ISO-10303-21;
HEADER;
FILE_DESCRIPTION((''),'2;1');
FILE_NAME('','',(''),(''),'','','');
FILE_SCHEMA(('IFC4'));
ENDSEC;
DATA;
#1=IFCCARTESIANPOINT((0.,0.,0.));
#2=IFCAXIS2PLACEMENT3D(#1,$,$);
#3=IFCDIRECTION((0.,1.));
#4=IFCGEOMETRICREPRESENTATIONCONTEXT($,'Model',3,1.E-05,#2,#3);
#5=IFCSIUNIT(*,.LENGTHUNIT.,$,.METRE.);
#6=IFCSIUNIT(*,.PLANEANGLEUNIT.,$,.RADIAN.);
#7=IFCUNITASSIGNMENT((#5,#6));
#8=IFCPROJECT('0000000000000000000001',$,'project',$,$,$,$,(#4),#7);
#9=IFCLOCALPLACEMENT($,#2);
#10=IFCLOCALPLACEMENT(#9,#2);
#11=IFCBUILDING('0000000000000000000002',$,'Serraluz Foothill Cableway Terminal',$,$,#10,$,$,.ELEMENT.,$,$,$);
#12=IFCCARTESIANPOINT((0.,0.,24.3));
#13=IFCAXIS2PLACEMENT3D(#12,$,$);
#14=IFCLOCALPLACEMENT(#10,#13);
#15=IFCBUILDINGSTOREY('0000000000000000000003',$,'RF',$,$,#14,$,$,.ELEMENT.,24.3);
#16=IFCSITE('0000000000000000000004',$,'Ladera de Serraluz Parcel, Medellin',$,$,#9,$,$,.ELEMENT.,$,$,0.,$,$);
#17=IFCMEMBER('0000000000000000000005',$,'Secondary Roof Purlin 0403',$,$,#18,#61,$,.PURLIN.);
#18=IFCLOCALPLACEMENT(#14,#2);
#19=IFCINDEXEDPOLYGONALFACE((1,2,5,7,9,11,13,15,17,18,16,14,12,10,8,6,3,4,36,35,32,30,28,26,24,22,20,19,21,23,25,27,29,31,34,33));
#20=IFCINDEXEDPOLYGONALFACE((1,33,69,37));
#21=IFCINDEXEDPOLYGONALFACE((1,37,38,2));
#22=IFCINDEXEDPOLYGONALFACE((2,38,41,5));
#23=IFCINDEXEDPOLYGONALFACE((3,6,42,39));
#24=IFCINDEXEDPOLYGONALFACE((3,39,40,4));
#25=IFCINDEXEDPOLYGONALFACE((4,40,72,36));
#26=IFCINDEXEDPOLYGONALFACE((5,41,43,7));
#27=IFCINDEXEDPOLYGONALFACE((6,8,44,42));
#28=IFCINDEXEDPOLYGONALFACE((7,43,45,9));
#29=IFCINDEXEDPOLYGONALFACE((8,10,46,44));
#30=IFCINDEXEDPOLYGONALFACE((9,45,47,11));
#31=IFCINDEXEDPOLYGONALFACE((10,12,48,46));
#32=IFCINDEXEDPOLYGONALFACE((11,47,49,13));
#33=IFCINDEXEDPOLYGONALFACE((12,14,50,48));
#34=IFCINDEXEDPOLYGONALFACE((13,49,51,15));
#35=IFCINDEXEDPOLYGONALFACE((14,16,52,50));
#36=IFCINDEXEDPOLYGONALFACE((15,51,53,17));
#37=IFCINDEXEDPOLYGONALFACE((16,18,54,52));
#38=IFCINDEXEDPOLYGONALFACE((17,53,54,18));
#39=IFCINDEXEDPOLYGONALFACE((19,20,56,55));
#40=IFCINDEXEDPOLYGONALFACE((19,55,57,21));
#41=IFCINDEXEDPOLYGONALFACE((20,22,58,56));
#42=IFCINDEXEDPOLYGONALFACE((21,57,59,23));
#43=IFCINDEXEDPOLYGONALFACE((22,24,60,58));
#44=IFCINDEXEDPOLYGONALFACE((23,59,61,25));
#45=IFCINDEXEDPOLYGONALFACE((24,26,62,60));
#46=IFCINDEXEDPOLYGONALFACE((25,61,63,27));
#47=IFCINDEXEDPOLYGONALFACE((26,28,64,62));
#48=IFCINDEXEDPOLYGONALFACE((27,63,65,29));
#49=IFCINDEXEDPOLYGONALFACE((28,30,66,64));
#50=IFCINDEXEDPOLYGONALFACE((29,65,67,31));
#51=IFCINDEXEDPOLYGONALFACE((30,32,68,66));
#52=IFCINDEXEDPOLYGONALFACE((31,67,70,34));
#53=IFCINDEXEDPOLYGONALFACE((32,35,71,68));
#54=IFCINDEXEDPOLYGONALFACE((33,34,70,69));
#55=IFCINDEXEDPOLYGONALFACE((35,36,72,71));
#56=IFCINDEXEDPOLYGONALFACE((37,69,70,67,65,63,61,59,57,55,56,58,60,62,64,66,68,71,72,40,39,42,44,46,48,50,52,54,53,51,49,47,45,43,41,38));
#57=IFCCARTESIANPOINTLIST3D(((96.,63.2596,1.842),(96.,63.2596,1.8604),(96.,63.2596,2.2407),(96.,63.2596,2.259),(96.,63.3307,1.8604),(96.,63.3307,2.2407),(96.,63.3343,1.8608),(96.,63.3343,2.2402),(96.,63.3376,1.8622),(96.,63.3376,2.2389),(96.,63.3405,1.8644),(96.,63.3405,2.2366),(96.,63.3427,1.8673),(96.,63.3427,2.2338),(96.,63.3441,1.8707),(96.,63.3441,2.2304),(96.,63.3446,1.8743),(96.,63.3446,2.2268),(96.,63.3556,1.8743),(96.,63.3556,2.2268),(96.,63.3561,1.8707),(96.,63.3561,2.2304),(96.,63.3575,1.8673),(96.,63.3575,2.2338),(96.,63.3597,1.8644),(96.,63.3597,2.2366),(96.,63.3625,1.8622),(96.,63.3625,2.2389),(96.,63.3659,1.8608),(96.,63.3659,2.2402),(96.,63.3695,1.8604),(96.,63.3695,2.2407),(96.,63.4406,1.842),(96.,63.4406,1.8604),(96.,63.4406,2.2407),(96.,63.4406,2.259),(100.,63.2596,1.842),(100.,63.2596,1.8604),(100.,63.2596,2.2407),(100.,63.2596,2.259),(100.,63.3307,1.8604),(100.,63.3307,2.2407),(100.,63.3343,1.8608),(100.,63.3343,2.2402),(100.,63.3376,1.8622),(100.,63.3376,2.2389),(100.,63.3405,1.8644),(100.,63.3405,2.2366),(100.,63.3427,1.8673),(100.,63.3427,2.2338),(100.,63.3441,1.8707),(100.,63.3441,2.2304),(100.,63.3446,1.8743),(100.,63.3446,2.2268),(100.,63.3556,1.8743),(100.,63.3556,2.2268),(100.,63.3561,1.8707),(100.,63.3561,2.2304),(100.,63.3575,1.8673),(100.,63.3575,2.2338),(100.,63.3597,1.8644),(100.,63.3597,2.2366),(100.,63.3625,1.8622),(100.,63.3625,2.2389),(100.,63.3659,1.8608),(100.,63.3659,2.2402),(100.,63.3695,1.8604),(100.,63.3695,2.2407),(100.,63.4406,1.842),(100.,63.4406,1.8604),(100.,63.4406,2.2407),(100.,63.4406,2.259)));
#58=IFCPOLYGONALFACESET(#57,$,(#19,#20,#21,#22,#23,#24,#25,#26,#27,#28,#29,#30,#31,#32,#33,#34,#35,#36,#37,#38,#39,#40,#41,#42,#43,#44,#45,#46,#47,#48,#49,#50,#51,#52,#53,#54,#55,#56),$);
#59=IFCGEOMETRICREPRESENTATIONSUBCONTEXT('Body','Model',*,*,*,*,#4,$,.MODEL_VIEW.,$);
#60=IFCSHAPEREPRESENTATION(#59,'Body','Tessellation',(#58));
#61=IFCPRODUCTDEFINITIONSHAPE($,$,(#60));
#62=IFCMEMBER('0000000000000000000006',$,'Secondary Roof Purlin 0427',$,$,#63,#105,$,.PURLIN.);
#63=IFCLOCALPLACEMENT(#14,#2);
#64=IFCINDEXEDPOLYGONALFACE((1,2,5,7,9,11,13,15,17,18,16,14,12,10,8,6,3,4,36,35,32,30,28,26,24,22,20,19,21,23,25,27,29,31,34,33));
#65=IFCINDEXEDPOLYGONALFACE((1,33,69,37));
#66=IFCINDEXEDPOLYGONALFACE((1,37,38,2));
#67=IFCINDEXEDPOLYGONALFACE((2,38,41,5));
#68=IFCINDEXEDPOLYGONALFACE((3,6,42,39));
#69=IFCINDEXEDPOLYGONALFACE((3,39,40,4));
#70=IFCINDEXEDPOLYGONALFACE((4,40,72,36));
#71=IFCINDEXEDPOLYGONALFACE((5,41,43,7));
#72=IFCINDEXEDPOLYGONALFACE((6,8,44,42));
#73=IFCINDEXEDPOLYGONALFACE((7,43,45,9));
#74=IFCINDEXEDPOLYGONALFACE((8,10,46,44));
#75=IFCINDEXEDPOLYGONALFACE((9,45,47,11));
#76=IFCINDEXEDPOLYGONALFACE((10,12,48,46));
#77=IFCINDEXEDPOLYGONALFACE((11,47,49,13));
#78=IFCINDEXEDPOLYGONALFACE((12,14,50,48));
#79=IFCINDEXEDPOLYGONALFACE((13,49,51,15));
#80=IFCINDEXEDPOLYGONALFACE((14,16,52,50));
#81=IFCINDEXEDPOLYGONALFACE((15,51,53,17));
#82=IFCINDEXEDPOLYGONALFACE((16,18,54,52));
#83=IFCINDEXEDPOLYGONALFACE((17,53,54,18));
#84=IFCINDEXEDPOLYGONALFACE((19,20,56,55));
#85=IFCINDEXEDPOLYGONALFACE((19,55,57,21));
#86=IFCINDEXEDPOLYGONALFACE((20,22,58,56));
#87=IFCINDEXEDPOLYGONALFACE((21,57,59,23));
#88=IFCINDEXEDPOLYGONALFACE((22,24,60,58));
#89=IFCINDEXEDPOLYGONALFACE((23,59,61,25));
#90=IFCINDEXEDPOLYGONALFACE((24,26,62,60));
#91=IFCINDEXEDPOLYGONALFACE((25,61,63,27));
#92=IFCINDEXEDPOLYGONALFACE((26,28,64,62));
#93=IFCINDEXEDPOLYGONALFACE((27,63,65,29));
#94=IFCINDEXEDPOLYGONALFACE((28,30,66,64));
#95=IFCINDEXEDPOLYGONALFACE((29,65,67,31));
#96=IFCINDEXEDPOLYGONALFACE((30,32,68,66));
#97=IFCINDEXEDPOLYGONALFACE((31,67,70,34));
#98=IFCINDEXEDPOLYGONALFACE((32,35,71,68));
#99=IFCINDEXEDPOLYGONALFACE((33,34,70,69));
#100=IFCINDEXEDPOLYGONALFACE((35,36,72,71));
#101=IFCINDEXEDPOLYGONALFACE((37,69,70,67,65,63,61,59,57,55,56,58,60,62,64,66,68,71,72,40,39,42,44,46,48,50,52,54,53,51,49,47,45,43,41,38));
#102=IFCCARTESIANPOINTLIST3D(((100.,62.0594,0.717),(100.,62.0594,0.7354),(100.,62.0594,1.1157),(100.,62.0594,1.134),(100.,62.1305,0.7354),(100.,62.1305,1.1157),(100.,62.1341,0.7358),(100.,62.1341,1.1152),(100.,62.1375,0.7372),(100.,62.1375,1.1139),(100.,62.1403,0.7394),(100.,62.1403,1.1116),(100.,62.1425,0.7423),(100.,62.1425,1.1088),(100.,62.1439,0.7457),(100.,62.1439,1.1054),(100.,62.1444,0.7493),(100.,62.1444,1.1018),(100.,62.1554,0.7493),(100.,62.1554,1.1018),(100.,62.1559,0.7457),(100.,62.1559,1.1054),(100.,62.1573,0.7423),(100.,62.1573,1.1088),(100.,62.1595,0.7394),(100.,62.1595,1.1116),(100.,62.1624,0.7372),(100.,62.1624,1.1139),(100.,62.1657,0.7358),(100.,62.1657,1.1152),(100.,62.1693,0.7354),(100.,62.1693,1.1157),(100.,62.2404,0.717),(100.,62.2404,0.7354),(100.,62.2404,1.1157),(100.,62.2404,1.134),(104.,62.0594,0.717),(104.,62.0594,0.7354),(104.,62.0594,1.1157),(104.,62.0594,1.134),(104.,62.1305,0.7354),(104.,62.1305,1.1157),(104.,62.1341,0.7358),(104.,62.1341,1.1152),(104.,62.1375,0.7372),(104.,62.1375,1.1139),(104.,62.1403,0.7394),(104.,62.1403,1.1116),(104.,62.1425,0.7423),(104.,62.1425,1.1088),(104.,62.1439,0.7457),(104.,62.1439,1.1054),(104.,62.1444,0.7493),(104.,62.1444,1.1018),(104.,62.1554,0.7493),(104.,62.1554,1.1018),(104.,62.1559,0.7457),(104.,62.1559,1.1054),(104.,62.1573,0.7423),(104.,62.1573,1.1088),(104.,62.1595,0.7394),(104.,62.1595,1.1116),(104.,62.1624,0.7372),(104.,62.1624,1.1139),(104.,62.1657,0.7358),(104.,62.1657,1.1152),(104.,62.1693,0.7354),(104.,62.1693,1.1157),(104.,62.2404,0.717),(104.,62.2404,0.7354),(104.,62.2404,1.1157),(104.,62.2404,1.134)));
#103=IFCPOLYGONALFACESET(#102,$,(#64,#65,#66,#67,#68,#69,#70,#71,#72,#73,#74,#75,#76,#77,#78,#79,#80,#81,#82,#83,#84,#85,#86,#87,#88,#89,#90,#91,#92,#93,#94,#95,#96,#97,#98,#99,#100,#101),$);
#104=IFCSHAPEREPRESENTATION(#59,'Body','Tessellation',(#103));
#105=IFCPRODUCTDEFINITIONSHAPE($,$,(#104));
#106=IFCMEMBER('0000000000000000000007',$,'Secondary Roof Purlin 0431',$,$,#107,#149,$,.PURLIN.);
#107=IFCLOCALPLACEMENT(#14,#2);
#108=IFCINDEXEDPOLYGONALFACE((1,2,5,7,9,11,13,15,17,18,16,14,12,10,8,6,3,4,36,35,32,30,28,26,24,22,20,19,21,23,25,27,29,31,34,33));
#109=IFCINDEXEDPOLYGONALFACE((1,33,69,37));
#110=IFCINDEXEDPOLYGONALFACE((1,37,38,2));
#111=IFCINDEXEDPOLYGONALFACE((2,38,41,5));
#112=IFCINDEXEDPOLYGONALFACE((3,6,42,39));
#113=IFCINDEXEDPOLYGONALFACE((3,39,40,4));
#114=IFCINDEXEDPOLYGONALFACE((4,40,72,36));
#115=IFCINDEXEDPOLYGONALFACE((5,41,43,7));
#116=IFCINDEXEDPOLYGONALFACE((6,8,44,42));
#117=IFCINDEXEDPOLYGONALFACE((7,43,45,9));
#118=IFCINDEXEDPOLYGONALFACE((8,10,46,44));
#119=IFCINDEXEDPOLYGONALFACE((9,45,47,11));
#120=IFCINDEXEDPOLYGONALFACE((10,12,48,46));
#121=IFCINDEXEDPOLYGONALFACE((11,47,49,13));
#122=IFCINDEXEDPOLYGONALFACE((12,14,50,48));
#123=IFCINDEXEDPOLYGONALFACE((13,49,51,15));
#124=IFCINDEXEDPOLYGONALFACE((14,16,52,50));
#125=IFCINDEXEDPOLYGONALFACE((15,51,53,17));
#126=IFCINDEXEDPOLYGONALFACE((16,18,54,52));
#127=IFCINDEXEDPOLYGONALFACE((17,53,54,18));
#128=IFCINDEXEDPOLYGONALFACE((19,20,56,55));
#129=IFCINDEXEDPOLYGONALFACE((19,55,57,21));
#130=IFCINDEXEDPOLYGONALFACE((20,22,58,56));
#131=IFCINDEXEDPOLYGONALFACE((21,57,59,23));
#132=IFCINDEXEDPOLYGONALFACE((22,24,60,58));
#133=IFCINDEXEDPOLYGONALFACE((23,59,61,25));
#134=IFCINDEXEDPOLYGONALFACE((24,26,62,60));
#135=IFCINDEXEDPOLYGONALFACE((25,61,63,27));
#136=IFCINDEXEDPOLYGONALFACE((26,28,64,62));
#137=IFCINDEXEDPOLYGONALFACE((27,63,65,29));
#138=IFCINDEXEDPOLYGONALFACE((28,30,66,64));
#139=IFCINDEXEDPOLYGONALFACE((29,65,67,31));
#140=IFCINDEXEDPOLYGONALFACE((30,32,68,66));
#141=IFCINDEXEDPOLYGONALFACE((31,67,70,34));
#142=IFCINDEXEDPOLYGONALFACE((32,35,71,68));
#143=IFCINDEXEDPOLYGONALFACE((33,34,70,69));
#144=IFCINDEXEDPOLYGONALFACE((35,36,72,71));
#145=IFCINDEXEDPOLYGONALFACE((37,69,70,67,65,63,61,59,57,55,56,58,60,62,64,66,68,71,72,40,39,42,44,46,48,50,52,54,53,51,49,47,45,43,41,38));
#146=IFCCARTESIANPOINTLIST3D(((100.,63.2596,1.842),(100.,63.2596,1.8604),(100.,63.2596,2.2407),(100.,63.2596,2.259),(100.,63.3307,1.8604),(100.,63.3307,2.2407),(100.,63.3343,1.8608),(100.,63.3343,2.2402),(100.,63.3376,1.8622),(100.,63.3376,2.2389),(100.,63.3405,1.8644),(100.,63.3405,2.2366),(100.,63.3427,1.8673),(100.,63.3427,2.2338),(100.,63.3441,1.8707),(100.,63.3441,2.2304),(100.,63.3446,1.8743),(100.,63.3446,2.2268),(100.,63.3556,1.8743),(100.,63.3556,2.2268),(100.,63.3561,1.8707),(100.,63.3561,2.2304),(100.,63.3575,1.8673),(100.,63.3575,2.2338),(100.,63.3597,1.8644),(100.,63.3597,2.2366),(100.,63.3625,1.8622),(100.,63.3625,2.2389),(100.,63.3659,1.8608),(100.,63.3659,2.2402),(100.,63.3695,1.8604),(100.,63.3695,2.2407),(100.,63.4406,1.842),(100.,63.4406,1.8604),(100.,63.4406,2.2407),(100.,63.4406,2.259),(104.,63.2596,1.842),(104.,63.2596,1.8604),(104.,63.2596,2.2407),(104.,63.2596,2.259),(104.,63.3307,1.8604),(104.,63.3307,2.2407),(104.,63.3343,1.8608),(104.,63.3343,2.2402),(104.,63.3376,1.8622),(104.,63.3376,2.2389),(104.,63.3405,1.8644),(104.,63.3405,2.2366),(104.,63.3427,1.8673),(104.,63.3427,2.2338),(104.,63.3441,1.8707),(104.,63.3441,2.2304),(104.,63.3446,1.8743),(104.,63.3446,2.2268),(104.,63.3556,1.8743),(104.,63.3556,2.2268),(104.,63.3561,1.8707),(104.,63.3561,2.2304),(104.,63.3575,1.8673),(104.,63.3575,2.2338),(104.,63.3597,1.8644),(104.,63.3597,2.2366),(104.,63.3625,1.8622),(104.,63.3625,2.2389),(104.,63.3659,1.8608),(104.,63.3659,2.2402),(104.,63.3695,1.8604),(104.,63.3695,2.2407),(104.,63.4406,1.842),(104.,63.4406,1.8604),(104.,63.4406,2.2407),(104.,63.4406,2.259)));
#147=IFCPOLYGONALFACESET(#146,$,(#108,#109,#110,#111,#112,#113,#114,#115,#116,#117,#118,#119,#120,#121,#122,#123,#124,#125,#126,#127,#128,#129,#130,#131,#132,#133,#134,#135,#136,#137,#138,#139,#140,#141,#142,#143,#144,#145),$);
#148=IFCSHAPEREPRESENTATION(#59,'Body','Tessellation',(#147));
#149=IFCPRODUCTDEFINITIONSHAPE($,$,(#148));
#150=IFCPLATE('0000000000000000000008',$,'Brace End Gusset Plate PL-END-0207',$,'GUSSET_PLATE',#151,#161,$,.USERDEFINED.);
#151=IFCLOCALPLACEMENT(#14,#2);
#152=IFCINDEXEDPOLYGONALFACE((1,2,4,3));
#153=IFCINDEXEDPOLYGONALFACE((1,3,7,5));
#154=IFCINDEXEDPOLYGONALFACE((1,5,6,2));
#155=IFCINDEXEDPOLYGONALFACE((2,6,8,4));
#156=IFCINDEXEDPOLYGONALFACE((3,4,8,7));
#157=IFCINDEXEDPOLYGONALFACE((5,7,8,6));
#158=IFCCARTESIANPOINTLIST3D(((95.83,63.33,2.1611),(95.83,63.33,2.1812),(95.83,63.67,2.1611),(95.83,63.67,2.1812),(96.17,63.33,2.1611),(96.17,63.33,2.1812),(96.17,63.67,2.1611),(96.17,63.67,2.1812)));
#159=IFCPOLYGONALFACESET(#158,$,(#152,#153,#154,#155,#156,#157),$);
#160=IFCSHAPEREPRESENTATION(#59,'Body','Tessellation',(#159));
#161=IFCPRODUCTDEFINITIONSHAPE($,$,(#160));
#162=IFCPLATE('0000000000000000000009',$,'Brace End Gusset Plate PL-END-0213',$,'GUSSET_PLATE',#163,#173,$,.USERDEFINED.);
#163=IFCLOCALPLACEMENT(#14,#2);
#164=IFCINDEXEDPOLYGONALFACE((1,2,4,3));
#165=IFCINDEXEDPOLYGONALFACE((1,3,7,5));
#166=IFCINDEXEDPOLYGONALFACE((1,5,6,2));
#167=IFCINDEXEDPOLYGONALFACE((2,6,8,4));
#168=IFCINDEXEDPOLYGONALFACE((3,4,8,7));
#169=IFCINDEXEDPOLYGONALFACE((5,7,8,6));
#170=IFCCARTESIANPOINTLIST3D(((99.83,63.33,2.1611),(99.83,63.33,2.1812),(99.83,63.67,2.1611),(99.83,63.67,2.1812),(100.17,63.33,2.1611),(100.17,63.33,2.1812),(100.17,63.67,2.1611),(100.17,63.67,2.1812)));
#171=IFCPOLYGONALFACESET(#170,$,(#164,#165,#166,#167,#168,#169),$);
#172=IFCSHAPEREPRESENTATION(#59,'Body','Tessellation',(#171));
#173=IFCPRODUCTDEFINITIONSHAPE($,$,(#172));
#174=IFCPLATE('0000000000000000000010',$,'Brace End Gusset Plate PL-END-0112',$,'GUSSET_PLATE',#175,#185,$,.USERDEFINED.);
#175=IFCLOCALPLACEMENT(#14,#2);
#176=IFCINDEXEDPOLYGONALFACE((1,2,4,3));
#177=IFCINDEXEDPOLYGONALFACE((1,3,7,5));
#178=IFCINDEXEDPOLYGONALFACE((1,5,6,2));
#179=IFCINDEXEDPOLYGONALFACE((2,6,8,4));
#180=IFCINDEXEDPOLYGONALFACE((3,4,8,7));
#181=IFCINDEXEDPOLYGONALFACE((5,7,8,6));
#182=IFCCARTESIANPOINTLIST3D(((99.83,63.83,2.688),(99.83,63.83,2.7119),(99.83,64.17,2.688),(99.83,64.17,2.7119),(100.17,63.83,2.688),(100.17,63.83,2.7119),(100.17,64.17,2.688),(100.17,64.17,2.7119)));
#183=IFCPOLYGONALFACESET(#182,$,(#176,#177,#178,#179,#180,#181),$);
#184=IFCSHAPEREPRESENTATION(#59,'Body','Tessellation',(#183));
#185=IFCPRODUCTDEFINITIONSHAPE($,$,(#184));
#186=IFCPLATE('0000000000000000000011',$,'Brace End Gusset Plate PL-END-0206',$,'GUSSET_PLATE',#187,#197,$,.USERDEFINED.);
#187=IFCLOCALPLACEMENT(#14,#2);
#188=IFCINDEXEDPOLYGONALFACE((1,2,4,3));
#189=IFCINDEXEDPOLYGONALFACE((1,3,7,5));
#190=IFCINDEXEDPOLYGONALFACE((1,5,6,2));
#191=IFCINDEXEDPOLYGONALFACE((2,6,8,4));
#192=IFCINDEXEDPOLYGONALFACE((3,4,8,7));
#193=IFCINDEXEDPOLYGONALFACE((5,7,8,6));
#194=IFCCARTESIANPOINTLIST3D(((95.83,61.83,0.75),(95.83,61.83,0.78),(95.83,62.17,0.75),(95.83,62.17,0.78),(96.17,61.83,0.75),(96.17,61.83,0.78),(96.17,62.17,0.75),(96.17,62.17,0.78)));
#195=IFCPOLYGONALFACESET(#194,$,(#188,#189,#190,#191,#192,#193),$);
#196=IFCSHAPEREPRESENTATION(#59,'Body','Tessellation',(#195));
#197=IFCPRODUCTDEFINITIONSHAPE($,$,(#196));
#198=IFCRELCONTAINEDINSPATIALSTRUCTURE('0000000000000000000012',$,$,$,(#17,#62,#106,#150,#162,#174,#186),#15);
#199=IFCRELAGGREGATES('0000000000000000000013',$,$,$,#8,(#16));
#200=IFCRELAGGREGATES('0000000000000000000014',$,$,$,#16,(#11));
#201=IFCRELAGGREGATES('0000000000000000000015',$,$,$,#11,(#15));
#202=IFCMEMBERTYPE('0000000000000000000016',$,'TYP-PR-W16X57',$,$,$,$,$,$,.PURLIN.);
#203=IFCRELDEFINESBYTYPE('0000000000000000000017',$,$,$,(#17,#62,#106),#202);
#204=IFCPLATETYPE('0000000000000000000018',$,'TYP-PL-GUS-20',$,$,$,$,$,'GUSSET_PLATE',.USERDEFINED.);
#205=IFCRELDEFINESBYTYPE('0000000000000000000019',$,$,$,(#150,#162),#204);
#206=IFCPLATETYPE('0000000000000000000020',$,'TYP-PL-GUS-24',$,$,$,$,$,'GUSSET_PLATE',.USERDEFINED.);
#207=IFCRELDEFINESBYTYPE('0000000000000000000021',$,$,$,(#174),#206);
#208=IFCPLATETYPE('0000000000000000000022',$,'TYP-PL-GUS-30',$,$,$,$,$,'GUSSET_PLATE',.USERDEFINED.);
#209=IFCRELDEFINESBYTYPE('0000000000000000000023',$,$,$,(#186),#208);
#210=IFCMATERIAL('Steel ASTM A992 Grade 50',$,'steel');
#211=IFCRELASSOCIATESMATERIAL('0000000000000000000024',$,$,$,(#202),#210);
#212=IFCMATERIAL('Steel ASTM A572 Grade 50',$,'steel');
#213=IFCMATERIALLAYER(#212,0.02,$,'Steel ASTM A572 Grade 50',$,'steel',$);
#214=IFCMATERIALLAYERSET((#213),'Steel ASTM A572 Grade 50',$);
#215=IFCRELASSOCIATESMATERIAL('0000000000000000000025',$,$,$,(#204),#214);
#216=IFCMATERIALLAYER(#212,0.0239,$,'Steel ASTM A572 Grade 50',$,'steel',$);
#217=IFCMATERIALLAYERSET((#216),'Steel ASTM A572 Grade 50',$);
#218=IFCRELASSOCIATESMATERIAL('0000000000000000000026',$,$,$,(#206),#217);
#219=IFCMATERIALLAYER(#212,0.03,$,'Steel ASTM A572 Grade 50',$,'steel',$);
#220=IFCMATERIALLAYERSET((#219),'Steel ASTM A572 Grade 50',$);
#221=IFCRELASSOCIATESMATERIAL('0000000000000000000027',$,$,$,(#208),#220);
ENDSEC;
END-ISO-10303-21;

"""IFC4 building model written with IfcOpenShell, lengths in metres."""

from ifc_helpers import new_model, si_unit, direction, frame, origin, origin_2d, place, context, subcontext, project, spatial, rectangle, i_section, extrude, material, layer, layer_set, material_profile, profile_set, type_object, element, save


model = new_model("IFC4")

# Units and contexts
model_context = context("Model", 3, precision=1e-05, world=origin(), true_north=direction((0.0, 1.0)))
body_context = subcontext(model_context, "Body", "Model", "MODEL_VIEW")
ifc_project = project(units=[si_unit("LENGTHUNIT", "METRE"), si_unit("PLANEANGLEUNIT", "RADIAN")], contexts=[model_context])

# Site, building, storey
site_placement = place(None, origin())
site = spatial("IfcSite", under=ifc_project, at=site_placement, Name="Ladera de Serraluz Parcel, Medellin", CompositionType="ELEMENT", RefElevation=0.0)
building_placement = place(site_placement, origin())
building = spatial("IfcBuilding", under=site, at=building_placement, Name="Serraluz Foothill Cableway Terminal", CompositionType="ELEMENT")
storey_placement = place(building_placement, frame((0.0, 0.0, 24.3)))
storey = spatial("IfcBuildingStorey", under=building, at=storey_placement, Name="RF", CompositionType="ELEMENT", Elevation=24.3)

# Members
ifc_material_1 = material(Name="Steel ASTM A572 Grade 50", Category="steel")
ifc_material_2 = material(Name="Steel ASTM A992 Grade 50", Category="steel")
ifc_material_profile_1 = material_profile(ifc_material_2, i_section(OverallWidth=0.1809, OverallDepth=0.417, WebThickness=0.011, FlangeThickness=0.0183, FilletRadius=0.0139, at=origin_2d()), Name="W16X57")
ifc_profile_set_1 = profile_set([ifc_material_profile_1], Name="Steel ASTM A992 Grade 50")
member_type_1 = type_object("IfcMemberType", Name="TYP-PR-W16X57", PredefinedType="PURLIN", material=ifc_profile_set_1)
for number, where, z_axis, x_axis, name in (
    (1, (96.0, 63.3501, 2.0505), (1.0, 0.0, 0.0), (0.0, 1.0, 0.0), "Secondary Roof Purlin 0403"),
    (2, (100.0, 62.1499, 0.9255), (1.0, 0.0, 0.0), (0.0, 1.0, 0.0), "Secondary Roof Purlin 0427"),
    (3, (100.0, 63.3501, 2.0505), (1.0, 0.0, 0.0), (0.0, 1.0, 0.0), "Secondary Roof Purlin 0431"),
):
    element("IfcMember", number, at=place(storey_placement, frame(where, z_axis=z_axis, x_axis=x_axis)), inside=storey, type_object=member_type_1, Name=name, PredefinedType="PURLIN", context=body_context, shape_type="SweptSolid", body=[
        extrude(i_section(OverallWidth=0.1809, OverallDepth=0.417, WebThickness=0.011, FlangeThickness=0.0183, FilletRadius=0.0139, at=origin_2d()), origin(), (0.0, 0.0, 1.0), 4.0),
    ])

# Plates
ifc_layer_1 = layer(ifc_material_1, 0.02, Name="Steel ASTM A572 Grade 50", Category="steel")
ifc_layer_set_1 = layer_set([ifc_layer_1], Name="Steel ASTM A572 Grade 50")
plate_type_1 = type_object("IfcPlateType", Name="TYP-PL-GUS-20", ElementType="GUSSET_PLATE", PredefinedType="USERDEFINED", material=ifc_layer_set_1)
for number, where, z_axis, x_axis, name in (
    (4, (96.0, 63.5, 2.1611), (0.0, 0.0, 1.0), (1.0, 0.0, 0.0), "Brace End Gusset Plate PL-END-0207"),
    (5, (100.0, 63.5, 2.1611), (0.0, 0.0, 1.0), (1.0, 0.0, 0.0), "Brace End Gusset Plate PL-END-0213"),
):
    element("IfcPlate", number, at=place(storey_placement, frame(where, z_axis=z_axis, x_axis=x_axis)), inside=storey, type_object=plate_type_1, Name=name, ObjectType="GUSSET_PLATE", PredefinedType="USERDEFINED", context=body_context, shape_type="SweptSolid", body=[
        extrude(rectangle(XDim=0.3401, YDim=0.3401, at=origin_2d()), origin(), (0.0, 0.0, 1.0), 0.02),
    ])
ifc_layer_2 = layer(ifc_material_1, 0.0239, Name="Steel ASTM A572 Grade 50", Category="steel")
ifc_layer_set_2 = layer_set([ifc_layer_2], Name="Steel ASTM A572 Grade 50")
plate_type_2 = type_object("IfcPlateType", Name="TYP-PL-GUS-24", ElementType="GUSSET_PLATE", PredefinedType="USERDEFINED", material=ifc_layer_set_2)
plate_placement = place(storey_placement, frame((100.0, 64.0, 2.688), z_axis=(0.0, 0.0, 1.0), x_axis=(1.0, 0.0, 0.0)))
element("IfcPlate", 6, at=plate_placement, inside=storey, type_object=plate_type_2, Name="Brace End Gusset Plate PL-END-0112", ObjectType="GUSSET_PLATE", PredefinedType="USERDEFINED", context=body_context, shape_type="SweptSolid", body=[
    extrude(rectangle(XDim=0.3401, YDim=0.3401, at=origin_2d()), origin(), (0.0, 0.0, 1.0), 0.0239),
])
ifc_layer_3 = layer(ifc_material_1, 0.03, Name="Steel ASTM A572 Grade 50", Category="steel")
ifc_layer_set_3 = layer_set([ifc_layer_3], Name="Steel ASTM A572 Grade 50")
plate_type_3 = type_object("IfcPlateType", Name="TYP-PL-GUS-30", ElementType="GUSSET_PLATE", PredefinedType="USERDEFINED", material=ifc_layer_set_3)
for number, where, z_axis, x_axis, name in (
    (7, (96.0, 62.0, 0.75), (0.0, 0.0, 1.0), (1.0, 0.0, 0.0), "Brace End Gusset Plate PL-END-0206"),
):
    element("IfcPlate", number, at=place(storey_placement, frame(where, z_axis=z_axis, x_axis=x_axis)), inside=storey, type_object=plate_type_3, Name=name, ObjectType="GUSSET_PLATE", PredefinedType="USERDEFINED", context=body_context, shape_type="SweptSolid", body=[
        extrude(rectangle(XDim=0.3401, YDim=0.3401, at=origin_2d()), origin(), (0.0, 0.0, 1.0), 0.03),
    ])

save(model, "model.ifc")
